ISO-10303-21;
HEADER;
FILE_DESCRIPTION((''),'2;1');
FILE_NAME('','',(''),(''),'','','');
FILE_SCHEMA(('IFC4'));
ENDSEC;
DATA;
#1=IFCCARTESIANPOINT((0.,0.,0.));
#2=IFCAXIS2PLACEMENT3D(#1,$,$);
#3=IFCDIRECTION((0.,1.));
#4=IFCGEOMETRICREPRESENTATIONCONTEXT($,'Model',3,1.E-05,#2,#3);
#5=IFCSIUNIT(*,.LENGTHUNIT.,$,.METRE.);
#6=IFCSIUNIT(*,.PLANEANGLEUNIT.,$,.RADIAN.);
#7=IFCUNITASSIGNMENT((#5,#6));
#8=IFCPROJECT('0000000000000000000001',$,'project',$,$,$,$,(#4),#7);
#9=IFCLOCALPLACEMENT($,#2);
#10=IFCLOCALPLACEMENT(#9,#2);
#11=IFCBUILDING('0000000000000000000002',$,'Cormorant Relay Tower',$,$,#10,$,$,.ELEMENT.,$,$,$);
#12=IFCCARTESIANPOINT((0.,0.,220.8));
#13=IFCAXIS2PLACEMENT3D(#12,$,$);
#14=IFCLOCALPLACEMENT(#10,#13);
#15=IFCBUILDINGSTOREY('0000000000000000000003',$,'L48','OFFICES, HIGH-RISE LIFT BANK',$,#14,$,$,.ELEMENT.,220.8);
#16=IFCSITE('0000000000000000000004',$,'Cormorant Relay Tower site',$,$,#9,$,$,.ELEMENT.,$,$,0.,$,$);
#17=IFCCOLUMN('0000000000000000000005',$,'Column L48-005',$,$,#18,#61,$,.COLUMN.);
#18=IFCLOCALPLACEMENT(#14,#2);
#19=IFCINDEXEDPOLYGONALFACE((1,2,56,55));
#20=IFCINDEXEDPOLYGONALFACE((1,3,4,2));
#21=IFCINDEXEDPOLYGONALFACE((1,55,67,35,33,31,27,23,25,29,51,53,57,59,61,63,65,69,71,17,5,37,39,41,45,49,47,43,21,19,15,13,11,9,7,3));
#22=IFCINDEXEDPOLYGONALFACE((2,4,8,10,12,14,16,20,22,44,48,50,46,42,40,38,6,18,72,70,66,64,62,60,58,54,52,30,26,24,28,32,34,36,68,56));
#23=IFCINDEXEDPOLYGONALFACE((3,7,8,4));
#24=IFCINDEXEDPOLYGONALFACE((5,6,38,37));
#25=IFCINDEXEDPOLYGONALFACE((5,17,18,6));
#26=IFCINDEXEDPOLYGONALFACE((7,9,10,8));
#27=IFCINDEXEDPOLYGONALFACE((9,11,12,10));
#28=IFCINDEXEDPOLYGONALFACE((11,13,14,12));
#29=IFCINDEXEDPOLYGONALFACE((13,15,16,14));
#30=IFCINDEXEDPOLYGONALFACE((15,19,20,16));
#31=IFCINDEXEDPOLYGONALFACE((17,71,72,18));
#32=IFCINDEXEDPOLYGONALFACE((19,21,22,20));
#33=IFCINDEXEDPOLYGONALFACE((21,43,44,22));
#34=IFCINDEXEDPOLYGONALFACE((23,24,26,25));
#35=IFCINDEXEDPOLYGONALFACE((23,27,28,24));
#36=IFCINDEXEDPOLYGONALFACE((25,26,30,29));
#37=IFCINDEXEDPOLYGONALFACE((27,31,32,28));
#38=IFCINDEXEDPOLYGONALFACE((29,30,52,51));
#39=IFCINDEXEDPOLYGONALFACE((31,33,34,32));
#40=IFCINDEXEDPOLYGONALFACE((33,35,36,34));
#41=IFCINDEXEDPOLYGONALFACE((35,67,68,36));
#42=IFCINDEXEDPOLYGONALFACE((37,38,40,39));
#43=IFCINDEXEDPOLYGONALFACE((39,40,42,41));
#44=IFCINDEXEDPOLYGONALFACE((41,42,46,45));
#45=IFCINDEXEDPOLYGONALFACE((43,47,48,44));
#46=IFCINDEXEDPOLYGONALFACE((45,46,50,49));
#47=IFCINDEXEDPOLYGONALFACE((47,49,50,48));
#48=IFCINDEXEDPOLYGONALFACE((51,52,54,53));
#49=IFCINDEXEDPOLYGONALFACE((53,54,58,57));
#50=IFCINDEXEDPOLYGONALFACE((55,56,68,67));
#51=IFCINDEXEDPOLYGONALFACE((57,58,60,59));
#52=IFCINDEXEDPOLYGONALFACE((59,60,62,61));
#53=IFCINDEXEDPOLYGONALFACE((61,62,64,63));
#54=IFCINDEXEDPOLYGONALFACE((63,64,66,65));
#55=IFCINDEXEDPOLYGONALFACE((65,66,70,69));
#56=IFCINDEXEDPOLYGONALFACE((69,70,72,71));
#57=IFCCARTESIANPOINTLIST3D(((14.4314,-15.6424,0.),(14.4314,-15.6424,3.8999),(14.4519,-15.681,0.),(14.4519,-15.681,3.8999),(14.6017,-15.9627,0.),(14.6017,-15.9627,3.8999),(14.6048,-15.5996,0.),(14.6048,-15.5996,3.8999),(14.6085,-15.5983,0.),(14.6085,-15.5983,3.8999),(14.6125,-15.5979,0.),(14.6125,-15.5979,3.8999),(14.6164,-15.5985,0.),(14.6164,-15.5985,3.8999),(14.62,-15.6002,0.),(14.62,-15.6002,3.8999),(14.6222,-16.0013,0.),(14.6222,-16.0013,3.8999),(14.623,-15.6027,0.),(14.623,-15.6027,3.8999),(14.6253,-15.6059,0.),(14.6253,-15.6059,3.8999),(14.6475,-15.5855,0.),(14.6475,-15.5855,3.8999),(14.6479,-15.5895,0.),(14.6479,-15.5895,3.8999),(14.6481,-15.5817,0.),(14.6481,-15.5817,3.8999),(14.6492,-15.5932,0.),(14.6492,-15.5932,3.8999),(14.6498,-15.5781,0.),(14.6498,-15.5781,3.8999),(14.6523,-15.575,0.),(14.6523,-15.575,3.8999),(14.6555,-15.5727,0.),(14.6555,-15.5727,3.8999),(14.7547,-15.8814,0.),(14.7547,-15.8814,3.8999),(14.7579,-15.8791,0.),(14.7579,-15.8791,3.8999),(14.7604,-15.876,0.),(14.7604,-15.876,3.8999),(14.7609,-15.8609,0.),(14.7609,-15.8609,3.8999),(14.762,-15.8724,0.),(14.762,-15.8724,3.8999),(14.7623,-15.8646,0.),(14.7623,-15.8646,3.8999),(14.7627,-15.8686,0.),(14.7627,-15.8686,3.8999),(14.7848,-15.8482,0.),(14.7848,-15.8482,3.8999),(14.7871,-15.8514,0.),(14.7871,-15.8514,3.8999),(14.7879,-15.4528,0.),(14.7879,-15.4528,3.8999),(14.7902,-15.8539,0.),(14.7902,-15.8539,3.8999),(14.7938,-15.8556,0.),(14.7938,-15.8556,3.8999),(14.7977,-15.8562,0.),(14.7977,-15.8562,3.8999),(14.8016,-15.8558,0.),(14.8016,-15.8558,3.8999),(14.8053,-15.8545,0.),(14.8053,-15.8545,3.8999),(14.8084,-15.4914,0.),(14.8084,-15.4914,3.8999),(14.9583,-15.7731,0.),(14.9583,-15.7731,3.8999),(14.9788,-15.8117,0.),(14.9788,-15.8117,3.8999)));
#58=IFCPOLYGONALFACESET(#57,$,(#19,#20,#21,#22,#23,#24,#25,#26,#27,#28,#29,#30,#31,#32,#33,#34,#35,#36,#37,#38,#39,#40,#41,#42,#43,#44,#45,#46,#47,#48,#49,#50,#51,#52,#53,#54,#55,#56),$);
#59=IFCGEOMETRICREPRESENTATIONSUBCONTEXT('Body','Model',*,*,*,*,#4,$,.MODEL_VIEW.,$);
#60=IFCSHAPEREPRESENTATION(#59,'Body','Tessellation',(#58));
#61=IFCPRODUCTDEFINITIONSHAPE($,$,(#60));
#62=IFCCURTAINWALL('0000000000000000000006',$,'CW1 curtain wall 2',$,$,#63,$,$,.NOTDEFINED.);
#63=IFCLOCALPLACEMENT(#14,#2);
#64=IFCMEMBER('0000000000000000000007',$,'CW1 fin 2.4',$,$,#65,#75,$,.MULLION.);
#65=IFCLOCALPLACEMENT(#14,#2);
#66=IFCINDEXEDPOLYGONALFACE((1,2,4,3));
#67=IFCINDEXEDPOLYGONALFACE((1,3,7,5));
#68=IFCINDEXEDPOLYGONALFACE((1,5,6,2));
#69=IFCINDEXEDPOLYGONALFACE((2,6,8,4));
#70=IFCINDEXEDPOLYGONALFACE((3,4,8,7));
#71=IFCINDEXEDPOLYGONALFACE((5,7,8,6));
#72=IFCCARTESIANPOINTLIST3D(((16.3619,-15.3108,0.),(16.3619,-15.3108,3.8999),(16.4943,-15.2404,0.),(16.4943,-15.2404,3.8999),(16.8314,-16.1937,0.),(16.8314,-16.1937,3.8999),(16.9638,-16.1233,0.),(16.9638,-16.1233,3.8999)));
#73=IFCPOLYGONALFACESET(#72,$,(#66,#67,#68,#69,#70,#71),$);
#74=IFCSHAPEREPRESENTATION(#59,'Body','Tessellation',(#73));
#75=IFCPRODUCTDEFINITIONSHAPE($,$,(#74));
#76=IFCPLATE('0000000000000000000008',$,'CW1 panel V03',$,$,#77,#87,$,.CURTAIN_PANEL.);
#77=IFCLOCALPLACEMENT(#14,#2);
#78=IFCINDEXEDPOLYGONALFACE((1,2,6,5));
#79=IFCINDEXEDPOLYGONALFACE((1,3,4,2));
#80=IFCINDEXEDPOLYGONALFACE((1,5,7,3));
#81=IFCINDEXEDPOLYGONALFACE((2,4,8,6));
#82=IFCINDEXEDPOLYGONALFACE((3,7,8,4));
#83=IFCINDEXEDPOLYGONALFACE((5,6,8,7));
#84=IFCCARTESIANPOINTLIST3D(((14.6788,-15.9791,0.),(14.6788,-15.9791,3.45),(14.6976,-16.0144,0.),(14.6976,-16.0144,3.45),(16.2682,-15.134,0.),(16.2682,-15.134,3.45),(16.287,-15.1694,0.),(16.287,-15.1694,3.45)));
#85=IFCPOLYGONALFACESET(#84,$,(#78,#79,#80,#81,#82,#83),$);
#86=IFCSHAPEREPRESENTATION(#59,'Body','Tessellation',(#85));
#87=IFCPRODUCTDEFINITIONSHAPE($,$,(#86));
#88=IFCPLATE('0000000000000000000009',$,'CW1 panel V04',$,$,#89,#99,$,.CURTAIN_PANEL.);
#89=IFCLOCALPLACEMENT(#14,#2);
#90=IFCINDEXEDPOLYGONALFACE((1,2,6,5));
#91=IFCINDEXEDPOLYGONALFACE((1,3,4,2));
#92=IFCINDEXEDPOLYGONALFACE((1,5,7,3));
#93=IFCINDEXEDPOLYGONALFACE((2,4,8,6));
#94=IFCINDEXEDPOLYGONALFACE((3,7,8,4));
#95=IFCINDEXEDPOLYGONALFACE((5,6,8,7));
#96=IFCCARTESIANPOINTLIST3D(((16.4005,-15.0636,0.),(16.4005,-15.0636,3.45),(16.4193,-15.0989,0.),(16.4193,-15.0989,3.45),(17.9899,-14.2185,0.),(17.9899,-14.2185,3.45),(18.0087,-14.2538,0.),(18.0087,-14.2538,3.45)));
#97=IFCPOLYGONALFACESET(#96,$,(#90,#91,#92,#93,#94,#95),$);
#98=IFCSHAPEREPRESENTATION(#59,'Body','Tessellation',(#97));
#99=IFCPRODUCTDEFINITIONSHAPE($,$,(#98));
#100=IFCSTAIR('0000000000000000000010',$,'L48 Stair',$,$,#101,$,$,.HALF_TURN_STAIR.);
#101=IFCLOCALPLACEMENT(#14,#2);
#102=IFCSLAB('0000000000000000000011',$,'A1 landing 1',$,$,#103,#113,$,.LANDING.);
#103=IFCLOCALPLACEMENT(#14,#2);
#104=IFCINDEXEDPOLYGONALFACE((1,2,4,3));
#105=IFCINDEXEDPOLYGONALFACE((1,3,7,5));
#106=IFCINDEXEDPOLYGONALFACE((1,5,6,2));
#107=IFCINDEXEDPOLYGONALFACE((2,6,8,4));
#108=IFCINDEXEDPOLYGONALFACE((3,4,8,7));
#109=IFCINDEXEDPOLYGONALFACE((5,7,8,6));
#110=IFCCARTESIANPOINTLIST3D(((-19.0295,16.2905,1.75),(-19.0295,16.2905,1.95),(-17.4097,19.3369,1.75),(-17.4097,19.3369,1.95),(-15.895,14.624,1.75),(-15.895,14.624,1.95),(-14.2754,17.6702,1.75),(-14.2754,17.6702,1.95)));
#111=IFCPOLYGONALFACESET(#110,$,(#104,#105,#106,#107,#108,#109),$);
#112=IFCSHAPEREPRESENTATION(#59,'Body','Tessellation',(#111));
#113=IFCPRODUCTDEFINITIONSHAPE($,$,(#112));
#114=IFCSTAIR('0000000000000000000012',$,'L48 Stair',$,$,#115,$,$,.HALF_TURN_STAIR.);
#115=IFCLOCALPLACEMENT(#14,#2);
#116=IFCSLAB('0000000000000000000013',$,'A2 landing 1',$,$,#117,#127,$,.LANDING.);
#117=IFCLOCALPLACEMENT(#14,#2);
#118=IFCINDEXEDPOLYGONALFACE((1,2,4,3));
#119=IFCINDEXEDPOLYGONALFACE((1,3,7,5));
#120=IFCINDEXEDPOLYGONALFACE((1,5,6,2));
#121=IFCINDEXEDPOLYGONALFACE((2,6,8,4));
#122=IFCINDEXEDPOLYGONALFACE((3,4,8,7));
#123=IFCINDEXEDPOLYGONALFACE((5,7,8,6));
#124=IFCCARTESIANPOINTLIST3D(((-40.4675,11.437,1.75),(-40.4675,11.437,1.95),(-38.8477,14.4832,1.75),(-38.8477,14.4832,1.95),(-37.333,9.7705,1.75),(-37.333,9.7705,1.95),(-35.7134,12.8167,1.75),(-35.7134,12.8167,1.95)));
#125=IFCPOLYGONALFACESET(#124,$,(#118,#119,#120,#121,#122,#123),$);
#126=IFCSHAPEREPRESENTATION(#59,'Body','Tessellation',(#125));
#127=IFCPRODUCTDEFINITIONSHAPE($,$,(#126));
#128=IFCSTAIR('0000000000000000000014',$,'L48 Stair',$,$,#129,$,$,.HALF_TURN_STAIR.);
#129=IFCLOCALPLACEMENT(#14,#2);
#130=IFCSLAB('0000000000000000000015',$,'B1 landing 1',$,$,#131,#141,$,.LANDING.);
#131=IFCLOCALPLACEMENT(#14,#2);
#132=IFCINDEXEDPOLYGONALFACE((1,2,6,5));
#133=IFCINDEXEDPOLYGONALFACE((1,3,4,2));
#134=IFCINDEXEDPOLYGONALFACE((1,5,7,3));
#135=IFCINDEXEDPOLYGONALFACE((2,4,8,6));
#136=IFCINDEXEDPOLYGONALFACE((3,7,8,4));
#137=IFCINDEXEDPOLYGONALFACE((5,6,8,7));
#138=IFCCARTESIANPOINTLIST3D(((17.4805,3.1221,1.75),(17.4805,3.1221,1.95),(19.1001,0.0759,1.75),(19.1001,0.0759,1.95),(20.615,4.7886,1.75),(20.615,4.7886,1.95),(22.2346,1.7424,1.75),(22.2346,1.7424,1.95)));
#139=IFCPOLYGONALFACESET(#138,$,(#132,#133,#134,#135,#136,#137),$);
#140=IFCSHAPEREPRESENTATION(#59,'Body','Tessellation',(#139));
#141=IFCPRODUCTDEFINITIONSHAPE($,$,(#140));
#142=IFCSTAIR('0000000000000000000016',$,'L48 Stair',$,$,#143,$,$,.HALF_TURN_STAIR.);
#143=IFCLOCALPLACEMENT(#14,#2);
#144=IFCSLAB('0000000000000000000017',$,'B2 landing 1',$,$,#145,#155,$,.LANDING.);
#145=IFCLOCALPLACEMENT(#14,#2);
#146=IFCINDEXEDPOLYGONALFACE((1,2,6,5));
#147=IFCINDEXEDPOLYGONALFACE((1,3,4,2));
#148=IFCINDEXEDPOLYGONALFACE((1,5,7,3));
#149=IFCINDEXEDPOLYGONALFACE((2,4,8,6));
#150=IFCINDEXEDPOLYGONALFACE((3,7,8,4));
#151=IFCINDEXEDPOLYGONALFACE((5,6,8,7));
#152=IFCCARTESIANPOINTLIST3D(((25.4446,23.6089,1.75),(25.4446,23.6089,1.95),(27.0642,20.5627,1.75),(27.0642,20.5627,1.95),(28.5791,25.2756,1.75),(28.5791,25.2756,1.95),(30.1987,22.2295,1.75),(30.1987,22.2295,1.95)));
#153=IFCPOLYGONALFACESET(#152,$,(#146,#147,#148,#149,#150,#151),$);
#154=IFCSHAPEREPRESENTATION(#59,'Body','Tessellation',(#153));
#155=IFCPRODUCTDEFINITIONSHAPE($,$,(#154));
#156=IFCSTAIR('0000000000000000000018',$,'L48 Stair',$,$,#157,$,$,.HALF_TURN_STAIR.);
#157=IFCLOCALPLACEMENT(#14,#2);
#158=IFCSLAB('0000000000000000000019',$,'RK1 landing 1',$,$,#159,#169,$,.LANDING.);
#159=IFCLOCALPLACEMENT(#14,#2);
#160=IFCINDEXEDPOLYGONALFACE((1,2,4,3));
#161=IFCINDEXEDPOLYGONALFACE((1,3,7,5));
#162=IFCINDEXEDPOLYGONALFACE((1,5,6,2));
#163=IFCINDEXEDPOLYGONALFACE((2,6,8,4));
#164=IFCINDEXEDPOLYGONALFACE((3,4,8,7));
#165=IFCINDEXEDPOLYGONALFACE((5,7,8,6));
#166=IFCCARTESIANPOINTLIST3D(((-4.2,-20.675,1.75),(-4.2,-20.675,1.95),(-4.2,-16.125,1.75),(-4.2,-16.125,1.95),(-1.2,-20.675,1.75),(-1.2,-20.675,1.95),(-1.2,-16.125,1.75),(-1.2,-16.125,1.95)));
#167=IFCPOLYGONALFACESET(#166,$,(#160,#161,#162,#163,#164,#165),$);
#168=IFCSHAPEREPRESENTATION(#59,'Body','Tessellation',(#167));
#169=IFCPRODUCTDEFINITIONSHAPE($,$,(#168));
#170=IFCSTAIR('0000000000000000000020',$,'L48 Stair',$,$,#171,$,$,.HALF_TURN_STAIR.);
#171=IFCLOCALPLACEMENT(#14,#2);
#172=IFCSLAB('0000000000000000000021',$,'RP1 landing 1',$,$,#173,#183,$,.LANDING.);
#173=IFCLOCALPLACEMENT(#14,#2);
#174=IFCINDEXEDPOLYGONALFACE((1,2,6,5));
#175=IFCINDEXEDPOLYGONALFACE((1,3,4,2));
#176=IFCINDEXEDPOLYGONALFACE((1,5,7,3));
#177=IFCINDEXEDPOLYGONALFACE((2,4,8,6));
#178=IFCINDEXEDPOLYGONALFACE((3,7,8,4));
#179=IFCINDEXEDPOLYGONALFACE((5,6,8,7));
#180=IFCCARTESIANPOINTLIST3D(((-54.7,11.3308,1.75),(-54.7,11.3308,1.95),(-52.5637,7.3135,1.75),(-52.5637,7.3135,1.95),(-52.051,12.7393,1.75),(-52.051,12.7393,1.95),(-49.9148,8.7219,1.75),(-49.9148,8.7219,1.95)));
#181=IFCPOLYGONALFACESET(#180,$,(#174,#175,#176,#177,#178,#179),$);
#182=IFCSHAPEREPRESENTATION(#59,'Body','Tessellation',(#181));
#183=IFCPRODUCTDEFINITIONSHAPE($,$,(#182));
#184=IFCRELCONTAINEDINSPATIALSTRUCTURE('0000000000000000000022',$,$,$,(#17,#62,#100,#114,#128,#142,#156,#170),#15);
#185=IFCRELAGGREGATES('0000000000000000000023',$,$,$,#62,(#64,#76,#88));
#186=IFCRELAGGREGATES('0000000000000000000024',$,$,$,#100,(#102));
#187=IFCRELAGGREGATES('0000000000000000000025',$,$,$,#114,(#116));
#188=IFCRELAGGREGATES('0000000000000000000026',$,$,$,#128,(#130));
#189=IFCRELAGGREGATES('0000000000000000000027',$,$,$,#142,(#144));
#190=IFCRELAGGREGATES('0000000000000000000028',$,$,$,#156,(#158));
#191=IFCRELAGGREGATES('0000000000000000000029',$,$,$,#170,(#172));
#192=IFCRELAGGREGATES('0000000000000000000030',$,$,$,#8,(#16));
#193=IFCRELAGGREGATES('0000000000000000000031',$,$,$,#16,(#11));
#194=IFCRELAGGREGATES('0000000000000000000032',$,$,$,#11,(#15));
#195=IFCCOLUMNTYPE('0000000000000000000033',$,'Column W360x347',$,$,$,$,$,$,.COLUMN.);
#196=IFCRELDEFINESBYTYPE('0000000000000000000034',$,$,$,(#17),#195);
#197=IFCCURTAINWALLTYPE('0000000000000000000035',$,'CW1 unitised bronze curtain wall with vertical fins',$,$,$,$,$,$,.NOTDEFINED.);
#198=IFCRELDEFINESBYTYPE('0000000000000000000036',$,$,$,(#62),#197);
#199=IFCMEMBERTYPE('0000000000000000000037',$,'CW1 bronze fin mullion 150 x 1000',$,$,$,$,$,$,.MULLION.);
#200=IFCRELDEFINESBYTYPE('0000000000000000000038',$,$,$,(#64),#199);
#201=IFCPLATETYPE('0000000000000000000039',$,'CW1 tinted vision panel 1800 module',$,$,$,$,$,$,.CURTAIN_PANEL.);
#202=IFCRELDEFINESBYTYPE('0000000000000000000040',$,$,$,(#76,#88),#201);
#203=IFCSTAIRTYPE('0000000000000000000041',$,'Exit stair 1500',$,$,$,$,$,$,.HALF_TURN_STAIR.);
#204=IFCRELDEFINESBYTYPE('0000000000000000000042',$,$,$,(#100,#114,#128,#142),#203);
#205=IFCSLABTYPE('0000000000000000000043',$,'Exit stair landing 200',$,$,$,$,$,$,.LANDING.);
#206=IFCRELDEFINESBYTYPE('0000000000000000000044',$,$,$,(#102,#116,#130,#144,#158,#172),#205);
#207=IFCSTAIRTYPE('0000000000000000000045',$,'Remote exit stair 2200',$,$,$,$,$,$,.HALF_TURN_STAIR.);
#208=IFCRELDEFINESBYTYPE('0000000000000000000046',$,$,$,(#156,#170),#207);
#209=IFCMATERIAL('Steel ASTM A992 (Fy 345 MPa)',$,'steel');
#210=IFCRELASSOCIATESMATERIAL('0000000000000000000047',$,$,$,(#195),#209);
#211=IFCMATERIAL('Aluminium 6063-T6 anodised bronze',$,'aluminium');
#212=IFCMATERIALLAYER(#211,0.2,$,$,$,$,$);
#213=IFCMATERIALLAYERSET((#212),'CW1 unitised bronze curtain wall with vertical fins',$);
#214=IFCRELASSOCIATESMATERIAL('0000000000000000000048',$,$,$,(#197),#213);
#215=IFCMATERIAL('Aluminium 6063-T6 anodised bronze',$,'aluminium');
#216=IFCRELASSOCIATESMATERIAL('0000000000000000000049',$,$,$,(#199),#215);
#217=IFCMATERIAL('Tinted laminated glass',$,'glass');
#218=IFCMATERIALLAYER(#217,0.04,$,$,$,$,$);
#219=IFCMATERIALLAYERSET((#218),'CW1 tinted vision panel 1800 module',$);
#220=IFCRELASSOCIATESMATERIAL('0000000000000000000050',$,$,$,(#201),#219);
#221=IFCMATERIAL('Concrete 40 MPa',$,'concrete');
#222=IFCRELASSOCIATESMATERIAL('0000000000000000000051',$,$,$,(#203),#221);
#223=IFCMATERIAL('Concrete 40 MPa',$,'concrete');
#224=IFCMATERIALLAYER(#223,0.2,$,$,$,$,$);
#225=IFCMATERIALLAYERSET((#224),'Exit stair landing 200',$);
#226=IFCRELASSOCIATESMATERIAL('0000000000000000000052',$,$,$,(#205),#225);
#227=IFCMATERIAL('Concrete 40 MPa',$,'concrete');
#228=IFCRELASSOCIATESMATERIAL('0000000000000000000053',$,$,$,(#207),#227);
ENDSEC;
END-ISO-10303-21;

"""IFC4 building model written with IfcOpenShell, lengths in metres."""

from ifc_helpers import new_model, si_unit, direction, frame, origin, origin_2d, place, context, subcontext, project, spatial, polyline, rectangle, i_section, outline, extrude, material, layer, layer_set, material_profile, profile_set, type_object, element, aggregate, save


model = new_model("IFC4")

# Units and contexts
model_context = context("Model", 3, precision=1e-05, world=origin(), true_north=direction((0.0, 1.0)))
body_context = subcontext(model_context, "Body", "Model", "MODEL_VIEW")
ifc_project = project(units=[si_unit("LENGTHUNIT", "METRE"), si_unit("PLANEANGLEUNIT", "RADIAN")], contexts=[model_context])

# Site, building, storey
site_placement = place(None, origin())
site = spatial("IfcSite", under=ifc_project, at=site_placement, Name="Cormorant Relay Tower site", CompositionType="ELEMENT", RefElevation=0.0)
building_placement = place(site_placement, origin())
building = spatial("IfcBuilding", under=site, at=building_placement, Name="Cormorant Relay Tower", CompositionType="ELEMENT")
storey_placement = place(building_placement, frame((0.0, 0.0, 220.8)))
storey = spatial("IfcBuildingStorey", under=building, at=storey_placement, Name="L48", Description="OFFICES, HIGH-RISE LIFT BANK", CompositionType="ELEMENT", Elevation=220.8)

# Column
ifc_material_1 = material(Name="Steel ASTM A992 (Fy 345 MPa)", Category="steel")
ifc_material_profile_1 = material_profile(ifc_material_1, i_section(OverallWidth=0.4038, OverallDepth=0.4065, WebThickness=0.0271, FlangeThickness=0.0437, FilletRadius=0.0151, at=origin_2d()), Name="W360x347")
ifc_profile_set_1 = profile_set([ifc_material_profile_1], Name="Steel ASTM A992 (Fy 345 MPa)")
column_type_1 = type_object("IfcColumnType", Name="Column W360x347", PredefinedType="COLUMN", material=ifc_profile_set_1)
column_placement = place(storey_placement, frame((14.7051, -15.7271, 0.0), z_axis=(0.0, 0.0, 1.0), x_axis=(0.882948, 0.469472, 0.0)))
element("IfcColumn", 1, at=column_placement, inside=storey, type_object=column_type_1, Name="Column L48-005", PredefinedType="COLUMN", context=body_context, shape_type="SweptSolid", body=[
    extrude(i_section(OverallWidth=0.4038, OverallDepth=0.4065, WebThickness=0.0271, FlangeThickness=0.0437, FilletRadius=0.0151, at=origin_2d()), origin(), (0.0, 0.0, 1.0), 3.8999),
])

# Curtain wall, member, plates
ifc_material_2 = material(Name="Aluminium 6063-T6 anodised bronze", Category="aluminium")
ifc_layer_1 = layer(ifc_material_2, 0.2)
ifc_layer_set_1 = layer_set([ifc_layer_1], Name="CW1 unitised bronze curtain wall with vertical fins")
curtain_wall_type = type_object("IfcCurtainWallType", Name="CW1 unitised bronze curtain wall with vertical fins", PredefinedType="NOTDEFINED", material=ifc_layer_set_1)
curtain_wall_placement = place(storey_placement, origin())
curtain_wall = element("IfcCurtainWall", 2, at=curtain_wall_placement, inside=storey, type_object=curtain_wall_type, Name="CW1 curtain wall 2", PredefinedType="NOTDEFINED")
ifc_material_3 = material(Name="Aluminium 6063-T6 anodised bronze", Category="aluminium")
ifc_material_profile_2 = material_profile(ifc_material_3, rectangle(XDim=0.1499, YDim=1.0, at=origin_2d()), Name="AL 150x1000")
ifc_profile_set_2 = profile_set([ifc_material_profile_2], Name="Aluminium 6063-T6 anodised bronze")
member_type = type_object("IfcMemberType", Name="CW1 bronze fin mullion 150 x 1000", PredefinedType="MULLION", material=ifc_profile_set_2)
member_placement = place(storey_placement, frame((16.6628, -15.717, 0.0), z_axis=(0.0, 0.0, 1.0), x_axis=(0.882948, 0.469472, 0.0)))
member = element("IfcMember", 3, at=member_placement, type_object=member_type, Name="CW1 fin 2.4", PredefinedType="MULLION", context=body_context, shape_type="SweptSolid", body=[
    extrude(rectangle(XDim=0.1499, YDim=1.0, at=origin_2d()), origin(), (0.0, 0.0, 1.0), 3.8999),
])
ifc_material_4 = material(Name="Tinted laminated glass", Category="glass")
ifc_layer_2 = layer(ifc_material_4, 0.04)
ifc_layer_set_2 = layer_set([ifc_layer_2], Name="CW1 tinted vision panel 1800 module")
plate_type = type_object("IfcPlateType", Name="CW1 tinted vision panel 1800 module", PredefinedType="CURTAIN_PANEL", material=ifc_layer_set_2)
plate_1_placement = place(storey_placement, frame((15.4829, -15.5742, 0.0), z_axis=(0.0, 0.0, 1.0), x_axis=(0.882948, 0.469472, 0.0)))
plate_1 = element("IfcPlate", 4, at=plate_1_placement, type_object=plate_type, Name="CW1 panel V03", PredefinedType="CURTAIN_PANEL", context=body_context, shape_type="SweptSolid", body=[
    extrude(rectangle(XDim=1.8, YDim=0.04, at=origin_2d()), origin(), (0.0, 0.0, 1.0), 3.45),
])
plate_2_placement = place(storey_placement, frame((17.2046, -14.6587, 0.0), z_axis=(0.0, 0.0, 1.0), x_axis=(0.882948, 0.469472, 0.0)))
plate_2 = element("IfcPlate", 5, at=plate_2_placement, type_object=plate_type, Name="CW1 panel V04", PredefinedType="CURTAIN_PANEL", context=body_context, shape_type="SweptSolid", body=[
    extrude(rectangle(XDim=1.8, YDim=0.04, at=origin_2d()), origin(), (0.0, 0.0, 1.0), 3.45),
])
aggregate(curtain_wall, [member, plate_1, plate_2])

# Stairs, slabs
ifc_material_5 = material(Name="Concrete 40 MPa", Category="concrete")
stair_type_1 = type_object("IfcStairType", Name="Exit stair 1500", PredefinedType="HALF_TURN_STAIR", material=ifc_material_5)
stair_1_placement = place(storey_placement, origin())
stair_1 = element("IfcStair", 6, at=stair_1_placement, inside=storey, type_object=stair_type_1, Name="L48 Stair", PredefinedType="HALF_TURN_STAIR")
ifc_material_6 = material(Name="Concrete 40 MPa", Category="concrete")
ifc_layer_3 = layer(ifc_material_6, 0.2)
ifc_layer_set_3 = layer_set([ifc_layer_3], Name="Exit stair landing 200")
slab_type_1 = type_object("IfcSlabType", Name="Exit stair landing 200", PredefinedType="LANDING", material=ifc_layer_set_3)
slab_1_placement = place(storey_placement, frame((0.0, 0.0, 1.75)))
slab_1 = element("IfcSlab", 7, at=slab_1_placement, type_object=slab_type_1, Name="A1 landing 1", PredefinedType="LANDING", context=body_context, shape_type="SweptSolid", body=[
    extrude(outline(polyline([(-19.0295, 16.2905), (-15.895, 14.624), (-14.2754, 17.6702), (-17.4097, 19.3369), (-19.0295, 16.2905)])), origin(), (0.0, 0.0, 1.0), 0.2),
])
aggregate(stair_1, [slab_1])
stair_2_placement = place(storey_placement, origin())
stair_2 = element("IfcStair", 8, at=stair_2_placement, inside=storey, type_object=stair_type_1, Name="L48 Stair", PredefinedType="HALF_TURN_STAIR")
slab_2_placement = place(storey_placement, frame((0.0, 0.0, 1.75)))
slab_2 = element("IfcSlab", 9, at=slab_2_placement, type_object=slab_type_1, Name="A2 landing 1", PredefinedType="LANDING", context=body_context, shape_type="SweptSolid", body=[
    extrude(outline(polyline([(-35.7134, 12.8167), (-38.8477, 14.4832), (-40.4675, 11.437), (-37.333, 9.7705), (-35.7134, 12.8167)])), origin(), (0.0, 0.0, 1.0), 0.2),
])
aggregate(stair_2, [slab_2])
stair_3_placement = place(storey_placement, origin())
stair_3 = element("IfcStair", 10, at=stair_3_placement, inside=storey, type_object=stair_type_1, Name="L48 Stair", PredefinedType="HALF_TURN_STAIR")
slab_3_placement = place(storey_placement, frame((0.0, 0.0, 1.75)))
slab_3 = element("IfcSlab", 11, at=slab_3_placement, type_object=slab_type_1, Name="B1 landing 1", PredefinedType="LANDING", context=body_context, shape_type="SweptSolid", body=[
    extrude(outline(polyline([(20.615, 4.7886), (17.4805, 3.1221), (19.1001, 0.0759), (22.2346, 1.7424), (20.615, 4.7886)])), origin(), (0.0, 0.0, 1.0), 0.2),
])
aggregate(stair_3, [slab_3])
stair_4_placement = place(storey_placement, origin())
stair_4 = element("IfcStair", 12, at=stair_4_placement, inside=storey, type_object=stair_type_1, Name="L48 Stair", PredefinedType="HALF_TURN_STAIR")
slab_4_placement = place(storey_placement, frame((0.0, 0.0, 1.75)))
slab_4 = element("IfcSlab", 13, at=slab_4_placement, type_object=slab_type_1, Name="B2 landing 1", PredefinedType="LANDING", context=body_context, shape_type="SweptSolid", body=[
    extrude(outline(polyline([(27.0642, 20.5627), (30.1987, 22.2295), (28.5791, 25.2756), (25.4446, 23.6089), (27.0642, 20.5627)])), origin(), (0.0, 0.0, 1.0), 0.2),
])
aggregate(stair_4, [slab_4])
ifc_material_7 = material(Name="Concrete 40 MPa", Category="concrete")
stair_type_2 = type_object("IfcStairType", Name="Remote exit stair 2200", PredefinedType="HALF_TURN_STAIR", material=ifc_material_7)
stair_5_placement = place(storey_placement, origin())
stair_5 = element("IfcStair", 14, at=stair_5_placement, inside=storey, type_object=stair_type_2, Name="L48 Stair", PredefinedType="HALF_TURN_STAIR")
slab_5_placement = place(storey_placement, frame((0.0, 0.0, 1.75)))
slab_5 = element("IfcSlab", 15, at=slab_5_placement, type_object=slab_type_1, Name="RK1 landing 1", PredefinedType="LANDING", context=body_context, shape_type="SweptSolid", body=[
    extrude(outline(polyline([(-1.2, -16.125), (-4.2, -16.125), (-4.2, -20.675), (-1.2, -20.675), (-1.2, -16.125)])), origin(), (0.0, 0.0, 1.0), 0.2),
])
aggregate(stair_5, [slab_5])
stair_6_placement = place(storey_placement, origin())
stair_6 = element("IfcStair", 16, at=stair_6_placement, inside=storey, type_object=stair_type_2, Name="L48 Stair", PredefinedType="HALF_TURN_STAIR")
slab_6_placement = place(storey_placement, frame((0.0, 0.0, 1.75)))
slab_6 = element("IfcSlab", 17, at=slab_6_placement, type_object=slab_type_1, Name="RP1 landing 1", PredefinedType="LANDING", context=body_context, shape_type="SweptSolid", body=[
    extrude(outline(polyline([(-52.051, 12.7393), (-54.7, 11.3308), (-52.5637, 7.3135), (-49.9148, 8.7219), (-52.051, 12.7393)])), origin(), (0.0, 0.0, 1.0), 0.2),
])
aggregate(stair_6, [slab_6])

save(model, "model.ifc")
